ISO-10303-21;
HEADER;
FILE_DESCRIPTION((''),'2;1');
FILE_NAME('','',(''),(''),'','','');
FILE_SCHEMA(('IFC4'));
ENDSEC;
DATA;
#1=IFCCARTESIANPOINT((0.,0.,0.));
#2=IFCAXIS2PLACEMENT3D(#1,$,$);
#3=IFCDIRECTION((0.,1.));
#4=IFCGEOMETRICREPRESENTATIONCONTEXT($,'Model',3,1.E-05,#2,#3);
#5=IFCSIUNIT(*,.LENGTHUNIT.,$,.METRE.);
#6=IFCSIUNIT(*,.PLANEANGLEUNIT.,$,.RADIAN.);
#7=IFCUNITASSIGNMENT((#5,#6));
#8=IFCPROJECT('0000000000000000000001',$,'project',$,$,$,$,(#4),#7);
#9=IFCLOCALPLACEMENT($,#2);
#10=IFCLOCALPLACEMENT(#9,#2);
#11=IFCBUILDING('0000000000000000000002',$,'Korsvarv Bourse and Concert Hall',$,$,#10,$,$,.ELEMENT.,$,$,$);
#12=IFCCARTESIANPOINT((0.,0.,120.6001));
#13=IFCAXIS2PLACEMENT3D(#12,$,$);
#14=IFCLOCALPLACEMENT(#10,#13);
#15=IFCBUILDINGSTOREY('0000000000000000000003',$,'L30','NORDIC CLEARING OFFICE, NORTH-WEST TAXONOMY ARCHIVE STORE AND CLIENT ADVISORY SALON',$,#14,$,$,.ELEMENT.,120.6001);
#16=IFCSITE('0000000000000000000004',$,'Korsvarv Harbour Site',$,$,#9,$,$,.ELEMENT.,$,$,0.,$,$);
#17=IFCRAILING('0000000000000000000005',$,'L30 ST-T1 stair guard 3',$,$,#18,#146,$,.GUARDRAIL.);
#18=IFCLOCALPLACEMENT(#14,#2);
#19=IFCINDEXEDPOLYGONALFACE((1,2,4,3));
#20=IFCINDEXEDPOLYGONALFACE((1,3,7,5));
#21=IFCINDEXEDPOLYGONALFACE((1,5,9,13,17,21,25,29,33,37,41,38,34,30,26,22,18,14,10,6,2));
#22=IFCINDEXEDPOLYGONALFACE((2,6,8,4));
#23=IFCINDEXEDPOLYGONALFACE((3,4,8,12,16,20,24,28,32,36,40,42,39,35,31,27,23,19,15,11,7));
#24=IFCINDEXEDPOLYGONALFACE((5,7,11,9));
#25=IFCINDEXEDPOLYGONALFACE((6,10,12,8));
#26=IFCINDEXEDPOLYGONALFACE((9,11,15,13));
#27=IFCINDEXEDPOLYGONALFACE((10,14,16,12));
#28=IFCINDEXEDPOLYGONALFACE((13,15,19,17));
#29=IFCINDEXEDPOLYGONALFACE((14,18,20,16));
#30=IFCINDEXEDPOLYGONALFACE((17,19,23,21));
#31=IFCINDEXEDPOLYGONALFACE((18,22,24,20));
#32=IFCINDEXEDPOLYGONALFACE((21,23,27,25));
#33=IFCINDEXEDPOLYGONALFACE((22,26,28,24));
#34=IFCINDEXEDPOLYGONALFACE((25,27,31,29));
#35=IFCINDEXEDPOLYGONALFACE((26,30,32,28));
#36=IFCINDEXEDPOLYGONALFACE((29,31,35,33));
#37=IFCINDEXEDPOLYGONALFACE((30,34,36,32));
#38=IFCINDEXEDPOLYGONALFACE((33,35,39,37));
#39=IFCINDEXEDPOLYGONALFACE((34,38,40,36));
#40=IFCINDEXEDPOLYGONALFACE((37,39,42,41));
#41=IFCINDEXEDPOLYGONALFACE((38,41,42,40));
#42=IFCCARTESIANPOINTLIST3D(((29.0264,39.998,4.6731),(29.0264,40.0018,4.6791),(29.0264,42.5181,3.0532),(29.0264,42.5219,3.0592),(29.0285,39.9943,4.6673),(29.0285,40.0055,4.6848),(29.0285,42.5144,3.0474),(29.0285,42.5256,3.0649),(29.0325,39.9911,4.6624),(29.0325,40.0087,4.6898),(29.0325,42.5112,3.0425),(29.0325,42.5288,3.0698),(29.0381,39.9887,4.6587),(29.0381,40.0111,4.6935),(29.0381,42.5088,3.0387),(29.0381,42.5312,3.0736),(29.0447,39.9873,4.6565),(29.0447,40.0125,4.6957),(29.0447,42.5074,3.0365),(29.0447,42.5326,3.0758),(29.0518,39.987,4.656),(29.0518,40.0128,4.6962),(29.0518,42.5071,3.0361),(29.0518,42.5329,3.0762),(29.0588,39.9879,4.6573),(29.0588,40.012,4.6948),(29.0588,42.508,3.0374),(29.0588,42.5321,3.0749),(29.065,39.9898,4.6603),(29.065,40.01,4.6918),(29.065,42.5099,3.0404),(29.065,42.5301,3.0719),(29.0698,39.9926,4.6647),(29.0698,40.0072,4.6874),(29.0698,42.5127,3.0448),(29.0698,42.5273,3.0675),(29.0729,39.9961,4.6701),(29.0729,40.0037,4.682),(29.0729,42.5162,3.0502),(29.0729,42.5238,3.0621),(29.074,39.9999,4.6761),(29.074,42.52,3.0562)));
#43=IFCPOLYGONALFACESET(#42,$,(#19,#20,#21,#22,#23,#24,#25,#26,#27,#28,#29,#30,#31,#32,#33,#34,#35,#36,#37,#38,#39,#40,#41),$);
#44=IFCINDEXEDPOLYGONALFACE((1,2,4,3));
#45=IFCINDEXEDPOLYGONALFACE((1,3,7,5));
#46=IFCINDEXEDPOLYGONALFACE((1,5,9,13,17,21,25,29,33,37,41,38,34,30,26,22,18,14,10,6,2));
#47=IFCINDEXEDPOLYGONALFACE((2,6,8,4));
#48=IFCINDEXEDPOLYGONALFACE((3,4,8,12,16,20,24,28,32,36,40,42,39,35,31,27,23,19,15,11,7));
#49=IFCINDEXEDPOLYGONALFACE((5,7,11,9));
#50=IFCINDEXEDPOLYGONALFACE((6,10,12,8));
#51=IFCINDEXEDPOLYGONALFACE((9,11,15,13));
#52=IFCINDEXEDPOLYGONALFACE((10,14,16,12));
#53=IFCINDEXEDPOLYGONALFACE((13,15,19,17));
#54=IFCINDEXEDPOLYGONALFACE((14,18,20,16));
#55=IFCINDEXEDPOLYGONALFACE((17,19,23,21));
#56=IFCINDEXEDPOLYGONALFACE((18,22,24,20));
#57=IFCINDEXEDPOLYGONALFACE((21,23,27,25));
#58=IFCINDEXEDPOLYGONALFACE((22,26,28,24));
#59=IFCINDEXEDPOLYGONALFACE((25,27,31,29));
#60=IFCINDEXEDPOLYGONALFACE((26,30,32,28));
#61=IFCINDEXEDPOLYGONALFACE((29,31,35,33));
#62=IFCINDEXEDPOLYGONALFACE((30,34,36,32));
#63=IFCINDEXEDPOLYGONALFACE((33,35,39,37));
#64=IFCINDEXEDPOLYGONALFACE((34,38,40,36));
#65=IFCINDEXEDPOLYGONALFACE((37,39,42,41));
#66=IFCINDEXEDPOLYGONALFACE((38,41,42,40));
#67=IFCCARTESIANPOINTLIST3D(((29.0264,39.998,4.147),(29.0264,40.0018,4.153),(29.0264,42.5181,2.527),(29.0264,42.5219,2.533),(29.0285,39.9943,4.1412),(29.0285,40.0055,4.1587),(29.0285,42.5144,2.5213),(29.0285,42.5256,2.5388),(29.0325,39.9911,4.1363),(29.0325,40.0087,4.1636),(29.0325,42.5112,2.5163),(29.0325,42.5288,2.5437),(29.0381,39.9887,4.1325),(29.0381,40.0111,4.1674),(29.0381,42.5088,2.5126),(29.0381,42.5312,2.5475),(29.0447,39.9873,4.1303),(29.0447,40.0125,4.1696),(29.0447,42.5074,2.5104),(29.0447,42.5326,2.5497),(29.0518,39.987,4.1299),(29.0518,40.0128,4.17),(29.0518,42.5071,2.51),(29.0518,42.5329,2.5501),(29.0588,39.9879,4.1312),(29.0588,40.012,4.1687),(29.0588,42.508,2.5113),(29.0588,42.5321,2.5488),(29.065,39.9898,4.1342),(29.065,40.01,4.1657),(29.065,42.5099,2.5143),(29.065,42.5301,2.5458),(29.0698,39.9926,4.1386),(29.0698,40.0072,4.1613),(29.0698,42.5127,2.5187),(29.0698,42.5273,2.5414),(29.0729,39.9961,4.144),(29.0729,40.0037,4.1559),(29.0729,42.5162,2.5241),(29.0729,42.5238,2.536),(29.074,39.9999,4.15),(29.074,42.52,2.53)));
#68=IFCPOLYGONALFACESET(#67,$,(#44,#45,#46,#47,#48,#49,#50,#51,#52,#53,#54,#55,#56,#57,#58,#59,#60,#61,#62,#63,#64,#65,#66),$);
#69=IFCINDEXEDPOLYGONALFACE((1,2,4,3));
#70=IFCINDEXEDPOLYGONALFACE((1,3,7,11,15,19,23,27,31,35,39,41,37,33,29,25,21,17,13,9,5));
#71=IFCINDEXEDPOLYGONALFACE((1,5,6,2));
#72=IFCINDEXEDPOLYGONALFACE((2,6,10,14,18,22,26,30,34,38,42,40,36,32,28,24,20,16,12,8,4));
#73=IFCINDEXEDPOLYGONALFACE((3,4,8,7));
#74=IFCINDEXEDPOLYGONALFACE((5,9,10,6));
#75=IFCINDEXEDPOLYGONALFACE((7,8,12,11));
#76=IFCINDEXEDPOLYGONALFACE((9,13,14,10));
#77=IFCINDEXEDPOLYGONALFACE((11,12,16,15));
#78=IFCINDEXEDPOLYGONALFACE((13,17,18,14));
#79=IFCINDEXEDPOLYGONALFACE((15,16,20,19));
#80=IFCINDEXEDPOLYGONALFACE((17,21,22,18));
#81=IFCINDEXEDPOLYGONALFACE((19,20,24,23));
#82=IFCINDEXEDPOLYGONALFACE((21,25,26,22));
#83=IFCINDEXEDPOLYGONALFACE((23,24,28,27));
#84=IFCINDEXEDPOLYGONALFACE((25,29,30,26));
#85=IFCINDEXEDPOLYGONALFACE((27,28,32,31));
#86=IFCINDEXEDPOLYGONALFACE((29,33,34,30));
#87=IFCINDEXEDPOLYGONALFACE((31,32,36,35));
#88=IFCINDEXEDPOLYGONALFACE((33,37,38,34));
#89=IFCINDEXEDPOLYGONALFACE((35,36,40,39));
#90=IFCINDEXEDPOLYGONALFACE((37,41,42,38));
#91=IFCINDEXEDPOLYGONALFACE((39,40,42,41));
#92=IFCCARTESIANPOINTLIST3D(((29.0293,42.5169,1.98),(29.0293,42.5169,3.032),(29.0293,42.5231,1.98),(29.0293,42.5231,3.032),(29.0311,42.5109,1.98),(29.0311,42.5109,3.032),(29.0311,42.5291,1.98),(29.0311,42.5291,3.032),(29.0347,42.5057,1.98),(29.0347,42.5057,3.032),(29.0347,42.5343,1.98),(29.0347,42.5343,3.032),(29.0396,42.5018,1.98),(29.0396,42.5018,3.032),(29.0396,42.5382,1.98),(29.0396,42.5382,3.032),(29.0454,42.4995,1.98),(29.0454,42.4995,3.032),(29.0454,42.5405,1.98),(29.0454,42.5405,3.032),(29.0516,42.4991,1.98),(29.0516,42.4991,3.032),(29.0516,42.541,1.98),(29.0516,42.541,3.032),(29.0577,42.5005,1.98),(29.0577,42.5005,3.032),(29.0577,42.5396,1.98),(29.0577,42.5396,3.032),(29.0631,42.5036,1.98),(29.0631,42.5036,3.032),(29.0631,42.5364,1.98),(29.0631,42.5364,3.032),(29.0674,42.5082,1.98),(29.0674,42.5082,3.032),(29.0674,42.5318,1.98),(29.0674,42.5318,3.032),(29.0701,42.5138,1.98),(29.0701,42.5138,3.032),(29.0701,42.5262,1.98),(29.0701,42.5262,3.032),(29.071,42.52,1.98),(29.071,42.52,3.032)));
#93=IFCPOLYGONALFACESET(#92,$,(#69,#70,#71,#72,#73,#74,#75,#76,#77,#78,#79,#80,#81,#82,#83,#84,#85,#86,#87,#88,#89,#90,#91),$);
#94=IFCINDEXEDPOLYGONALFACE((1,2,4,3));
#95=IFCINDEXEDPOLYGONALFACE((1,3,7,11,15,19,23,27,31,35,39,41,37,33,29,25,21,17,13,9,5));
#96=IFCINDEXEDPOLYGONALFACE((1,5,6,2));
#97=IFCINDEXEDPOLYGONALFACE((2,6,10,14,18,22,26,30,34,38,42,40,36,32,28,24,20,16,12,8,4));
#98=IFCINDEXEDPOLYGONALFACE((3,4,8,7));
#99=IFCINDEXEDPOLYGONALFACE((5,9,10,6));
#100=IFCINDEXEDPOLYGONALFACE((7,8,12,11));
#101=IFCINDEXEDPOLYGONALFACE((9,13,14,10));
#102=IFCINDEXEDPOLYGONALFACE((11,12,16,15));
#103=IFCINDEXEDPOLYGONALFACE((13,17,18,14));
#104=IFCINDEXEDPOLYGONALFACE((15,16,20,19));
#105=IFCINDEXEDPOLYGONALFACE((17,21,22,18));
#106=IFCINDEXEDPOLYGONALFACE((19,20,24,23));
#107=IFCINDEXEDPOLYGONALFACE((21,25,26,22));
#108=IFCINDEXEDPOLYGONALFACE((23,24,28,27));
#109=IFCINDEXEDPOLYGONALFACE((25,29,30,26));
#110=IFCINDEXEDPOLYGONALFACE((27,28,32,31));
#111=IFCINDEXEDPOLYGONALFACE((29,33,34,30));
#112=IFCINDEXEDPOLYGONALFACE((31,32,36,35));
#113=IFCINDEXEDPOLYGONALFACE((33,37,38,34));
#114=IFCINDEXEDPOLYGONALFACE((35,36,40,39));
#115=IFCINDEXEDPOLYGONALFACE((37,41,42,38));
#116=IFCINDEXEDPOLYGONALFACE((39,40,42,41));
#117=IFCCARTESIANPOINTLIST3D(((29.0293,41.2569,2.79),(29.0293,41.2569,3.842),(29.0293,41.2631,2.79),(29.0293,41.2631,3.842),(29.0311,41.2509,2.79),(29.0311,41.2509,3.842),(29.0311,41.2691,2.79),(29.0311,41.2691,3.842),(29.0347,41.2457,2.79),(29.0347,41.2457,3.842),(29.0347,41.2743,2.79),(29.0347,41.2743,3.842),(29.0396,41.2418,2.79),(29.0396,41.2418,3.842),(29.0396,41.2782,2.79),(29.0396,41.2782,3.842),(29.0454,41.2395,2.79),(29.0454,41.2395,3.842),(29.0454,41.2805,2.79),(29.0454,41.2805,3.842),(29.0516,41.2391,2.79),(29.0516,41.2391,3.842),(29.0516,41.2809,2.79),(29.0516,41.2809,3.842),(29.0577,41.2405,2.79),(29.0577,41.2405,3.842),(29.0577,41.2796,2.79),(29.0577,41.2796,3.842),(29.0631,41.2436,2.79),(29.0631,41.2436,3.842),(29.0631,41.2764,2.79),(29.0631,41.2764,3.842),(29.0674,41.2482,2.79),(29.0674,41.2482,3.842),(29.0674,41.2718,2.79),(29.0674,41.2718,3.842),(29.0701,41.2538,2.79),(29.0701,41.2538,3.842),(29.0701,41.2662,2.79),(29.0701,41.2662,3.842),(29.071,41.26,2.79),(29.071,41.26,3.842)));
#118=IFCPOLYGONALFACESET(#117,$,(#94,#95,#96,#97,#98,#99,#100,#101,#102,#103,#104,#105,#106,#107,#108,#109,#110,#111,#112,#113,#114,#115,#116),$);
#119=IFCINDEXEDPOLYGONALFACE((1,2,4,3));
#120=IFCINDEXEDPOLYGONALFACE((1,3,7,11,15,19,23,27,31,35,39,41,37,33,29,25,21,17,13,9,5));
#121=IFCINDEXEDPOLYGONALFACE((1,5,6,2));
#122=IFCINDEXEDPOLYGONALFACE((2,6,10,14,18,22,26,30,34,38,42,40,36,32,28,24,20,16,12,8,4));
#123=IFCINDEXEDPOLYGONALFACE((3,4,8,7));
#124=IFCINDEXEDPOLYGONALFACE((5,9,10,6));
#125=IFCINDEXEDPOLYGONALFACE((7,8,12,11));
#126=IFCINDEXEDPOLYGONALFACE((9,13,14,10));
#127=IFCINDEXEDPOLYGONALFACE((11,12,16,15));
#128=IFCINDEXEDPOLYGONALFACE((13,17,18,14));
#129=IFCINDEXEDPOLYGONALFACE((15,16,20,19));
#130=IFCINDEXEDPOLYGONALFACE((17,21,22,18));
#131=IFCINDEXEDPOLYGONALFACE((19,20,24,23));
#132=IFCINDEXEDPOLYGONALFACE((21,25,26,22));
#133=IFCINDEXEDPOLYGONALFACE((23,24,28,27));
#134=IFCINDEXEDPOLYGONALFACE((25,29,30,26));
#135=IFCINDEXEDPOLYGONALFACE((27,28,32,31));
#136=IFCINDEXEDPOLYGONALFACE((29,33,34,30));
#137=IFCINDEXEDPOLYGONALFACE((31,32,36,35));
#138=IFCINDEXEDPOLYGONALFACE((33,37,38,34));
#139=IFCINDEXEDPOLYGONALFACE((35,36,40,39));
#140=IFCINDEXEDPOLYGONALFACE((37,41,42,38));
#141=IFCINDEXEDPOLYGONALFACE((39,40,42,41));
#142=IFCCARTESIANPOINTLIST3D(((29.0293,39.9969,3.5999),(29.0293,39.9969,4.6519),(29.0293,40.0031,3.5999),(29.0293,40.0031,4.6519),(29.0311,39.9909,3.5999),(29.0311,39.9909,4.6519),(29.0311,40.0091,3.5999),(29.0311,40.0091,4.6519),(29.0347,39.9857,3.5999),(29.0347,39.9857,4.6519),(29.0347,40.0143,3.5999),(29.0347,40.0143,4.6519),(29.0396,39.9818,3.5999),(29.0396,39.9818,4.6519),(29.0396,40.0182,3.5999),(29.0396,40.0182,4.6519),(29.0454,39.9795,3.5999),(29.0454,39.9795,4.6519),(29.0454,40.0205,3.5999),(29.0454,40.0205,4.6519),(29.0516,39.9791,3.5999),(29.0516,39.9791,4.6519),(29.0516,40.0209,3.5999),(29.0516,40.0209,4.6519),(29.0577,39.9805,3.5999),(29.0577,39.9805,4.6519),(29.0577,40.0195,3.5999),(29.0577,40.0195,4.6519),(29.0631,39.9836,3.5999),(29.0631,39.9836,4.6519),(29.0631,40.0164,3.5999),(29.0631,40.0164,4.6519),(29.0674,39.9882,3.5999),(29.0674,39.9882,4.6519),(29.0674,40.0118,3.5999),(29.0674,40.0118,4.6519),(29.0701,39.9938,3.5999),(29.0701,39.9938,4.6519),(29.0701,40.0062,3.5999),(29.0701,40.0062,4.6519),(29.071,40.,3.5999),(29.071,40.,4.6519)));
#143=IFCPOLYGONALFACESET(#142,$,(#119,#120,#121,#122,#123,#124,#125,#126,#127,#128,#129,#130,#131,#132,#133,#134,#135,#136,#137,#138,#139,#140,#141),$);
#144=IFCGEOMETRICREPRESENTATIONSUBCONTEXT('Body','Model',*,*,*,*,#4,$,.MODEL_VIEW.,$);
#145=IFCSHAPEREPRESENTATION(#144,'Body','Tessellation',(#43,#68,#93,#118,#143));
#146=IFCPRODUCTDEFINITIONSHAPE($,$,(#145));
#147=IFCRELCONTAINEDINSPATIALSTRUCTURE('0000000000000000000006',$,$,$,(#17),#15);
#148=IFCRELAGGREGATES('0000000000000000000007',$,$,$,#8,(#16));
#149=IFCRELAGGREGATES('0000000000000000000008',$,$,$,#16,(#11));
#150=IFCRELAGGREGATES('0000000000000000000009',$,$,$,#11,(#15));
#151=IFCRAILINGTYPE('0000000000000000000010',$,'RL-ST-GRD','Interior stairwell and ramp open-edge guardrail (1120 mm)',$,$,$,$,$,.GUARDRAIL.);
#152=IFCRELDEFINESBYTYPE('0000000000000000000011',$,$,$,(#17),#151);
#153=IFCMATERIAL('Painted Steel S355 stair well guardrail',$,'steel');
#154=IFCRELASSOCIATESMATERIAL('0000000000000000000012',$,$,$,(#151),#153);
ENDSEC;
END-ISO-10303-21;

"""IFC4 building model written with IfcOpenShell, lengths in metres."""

from ifc_helpers import new_model, si_unit, direction, frame, origin, origin_2d, place, context, subcontext, project, spatial, circle, extrude, material, type_object, element, save


model = new_model("IFC4")

# Units and contexts
model_context = context("Model", 3, precision=1e-05, world=origin(), true_north=direction((0.0, 1.0)))
body_context = subcontext(model_context, "Body", "Model", "MODEL_VIEW")
ifc_project = project(units=[si_unit("LENGTHUNIT", "METRE"), si_unit("PLANEANGLEUNIT", "RADIAN")], contexts=[model_context])

# Site, building, storey
site_placement = place(None, origin())
site = spatial("IfcSite", under=ifc_project, at=site_placement, Name="Korsvarv Harbour Site", CompositionType="ELEMENT", RefElevation=0.0)
building_placement = place(site_placement, origin())
building = spatial("IfcBuilding", under=site, at=building_placement, Name="Korsvarv Bourse and Concert Hall", CompositionType="ELEMENT")
storey_placement = place(building_placement, frame((0.0, 0.0, 120.6001)))
storey = spatial("IfcBuildingStorey", under=building, at=storey_placement, Name="L30", Description="NORDIC CLEARING OFFICE, NORTH-WEST TAXONOMY ARCHIVE STORE AND CLIENT ADVISORY SALON", CompositionType="ELEMENT", Elevation=120.6001)

# Railing
ifc_material_1 = material(Name="Painted Steel S355 stair well guardrail", Category="steel")
railing_type_1 = type_object("IfcRailingType", Name="RL-ST-GRD", Description="Interior stairwell and ramp open-edge guardrail (1120 mm)", PredefinedType="GUARDRAIL", material=ifc_material_1)
railing_1_placement = place(storey_placement, frame((29.05, 42.52, 1.98)))
element("IfcRailing", 1, at=railing_1_placement, inside=storey, type_object=railing_type_1, Name="L30 ST-T1 stair guard 3", PredefinedType="GUARDRAIL", context=body_context, shape_type="SweptSolid", body=[
    extrude(circle(Radius=0.0239, at=origin_2d()), frame((0.0, 0.0, 1.0762), z_axis=(0.0, -0.8412, 0.540725), x_axis=(1.0, 0.0, 0.0)), (0.0, 0.0, 1.0), 2.9958),
    extrude(circle(Radius=0.0239, at=origin_2d()), frame((0.0, 0.0, 0.55), z_axis=(0.0, -0.8412, 0.540725), x_axis=(1.0, 0.0, 0.0)), (0.0, 0.0, 1.0), 2.9958),
    extrude(circle(Radius=0.021, at=origin_2d()), origin(), (0.0, 0.0, 1.0), 1.052),
    extrude(circle(Radius=0.021, at=origin_2d()), frame((0.0, -1.26, 0.8101)), (0.0, 0.0, 1.0), 1.052),
    extrude(circle(Radius=0.021, at=origin_2d()), frame((0.0, -2.52, 1.6199)), (0.0, 0.0, 1.0), 1.052),
])

save(model, "model.ifc")
